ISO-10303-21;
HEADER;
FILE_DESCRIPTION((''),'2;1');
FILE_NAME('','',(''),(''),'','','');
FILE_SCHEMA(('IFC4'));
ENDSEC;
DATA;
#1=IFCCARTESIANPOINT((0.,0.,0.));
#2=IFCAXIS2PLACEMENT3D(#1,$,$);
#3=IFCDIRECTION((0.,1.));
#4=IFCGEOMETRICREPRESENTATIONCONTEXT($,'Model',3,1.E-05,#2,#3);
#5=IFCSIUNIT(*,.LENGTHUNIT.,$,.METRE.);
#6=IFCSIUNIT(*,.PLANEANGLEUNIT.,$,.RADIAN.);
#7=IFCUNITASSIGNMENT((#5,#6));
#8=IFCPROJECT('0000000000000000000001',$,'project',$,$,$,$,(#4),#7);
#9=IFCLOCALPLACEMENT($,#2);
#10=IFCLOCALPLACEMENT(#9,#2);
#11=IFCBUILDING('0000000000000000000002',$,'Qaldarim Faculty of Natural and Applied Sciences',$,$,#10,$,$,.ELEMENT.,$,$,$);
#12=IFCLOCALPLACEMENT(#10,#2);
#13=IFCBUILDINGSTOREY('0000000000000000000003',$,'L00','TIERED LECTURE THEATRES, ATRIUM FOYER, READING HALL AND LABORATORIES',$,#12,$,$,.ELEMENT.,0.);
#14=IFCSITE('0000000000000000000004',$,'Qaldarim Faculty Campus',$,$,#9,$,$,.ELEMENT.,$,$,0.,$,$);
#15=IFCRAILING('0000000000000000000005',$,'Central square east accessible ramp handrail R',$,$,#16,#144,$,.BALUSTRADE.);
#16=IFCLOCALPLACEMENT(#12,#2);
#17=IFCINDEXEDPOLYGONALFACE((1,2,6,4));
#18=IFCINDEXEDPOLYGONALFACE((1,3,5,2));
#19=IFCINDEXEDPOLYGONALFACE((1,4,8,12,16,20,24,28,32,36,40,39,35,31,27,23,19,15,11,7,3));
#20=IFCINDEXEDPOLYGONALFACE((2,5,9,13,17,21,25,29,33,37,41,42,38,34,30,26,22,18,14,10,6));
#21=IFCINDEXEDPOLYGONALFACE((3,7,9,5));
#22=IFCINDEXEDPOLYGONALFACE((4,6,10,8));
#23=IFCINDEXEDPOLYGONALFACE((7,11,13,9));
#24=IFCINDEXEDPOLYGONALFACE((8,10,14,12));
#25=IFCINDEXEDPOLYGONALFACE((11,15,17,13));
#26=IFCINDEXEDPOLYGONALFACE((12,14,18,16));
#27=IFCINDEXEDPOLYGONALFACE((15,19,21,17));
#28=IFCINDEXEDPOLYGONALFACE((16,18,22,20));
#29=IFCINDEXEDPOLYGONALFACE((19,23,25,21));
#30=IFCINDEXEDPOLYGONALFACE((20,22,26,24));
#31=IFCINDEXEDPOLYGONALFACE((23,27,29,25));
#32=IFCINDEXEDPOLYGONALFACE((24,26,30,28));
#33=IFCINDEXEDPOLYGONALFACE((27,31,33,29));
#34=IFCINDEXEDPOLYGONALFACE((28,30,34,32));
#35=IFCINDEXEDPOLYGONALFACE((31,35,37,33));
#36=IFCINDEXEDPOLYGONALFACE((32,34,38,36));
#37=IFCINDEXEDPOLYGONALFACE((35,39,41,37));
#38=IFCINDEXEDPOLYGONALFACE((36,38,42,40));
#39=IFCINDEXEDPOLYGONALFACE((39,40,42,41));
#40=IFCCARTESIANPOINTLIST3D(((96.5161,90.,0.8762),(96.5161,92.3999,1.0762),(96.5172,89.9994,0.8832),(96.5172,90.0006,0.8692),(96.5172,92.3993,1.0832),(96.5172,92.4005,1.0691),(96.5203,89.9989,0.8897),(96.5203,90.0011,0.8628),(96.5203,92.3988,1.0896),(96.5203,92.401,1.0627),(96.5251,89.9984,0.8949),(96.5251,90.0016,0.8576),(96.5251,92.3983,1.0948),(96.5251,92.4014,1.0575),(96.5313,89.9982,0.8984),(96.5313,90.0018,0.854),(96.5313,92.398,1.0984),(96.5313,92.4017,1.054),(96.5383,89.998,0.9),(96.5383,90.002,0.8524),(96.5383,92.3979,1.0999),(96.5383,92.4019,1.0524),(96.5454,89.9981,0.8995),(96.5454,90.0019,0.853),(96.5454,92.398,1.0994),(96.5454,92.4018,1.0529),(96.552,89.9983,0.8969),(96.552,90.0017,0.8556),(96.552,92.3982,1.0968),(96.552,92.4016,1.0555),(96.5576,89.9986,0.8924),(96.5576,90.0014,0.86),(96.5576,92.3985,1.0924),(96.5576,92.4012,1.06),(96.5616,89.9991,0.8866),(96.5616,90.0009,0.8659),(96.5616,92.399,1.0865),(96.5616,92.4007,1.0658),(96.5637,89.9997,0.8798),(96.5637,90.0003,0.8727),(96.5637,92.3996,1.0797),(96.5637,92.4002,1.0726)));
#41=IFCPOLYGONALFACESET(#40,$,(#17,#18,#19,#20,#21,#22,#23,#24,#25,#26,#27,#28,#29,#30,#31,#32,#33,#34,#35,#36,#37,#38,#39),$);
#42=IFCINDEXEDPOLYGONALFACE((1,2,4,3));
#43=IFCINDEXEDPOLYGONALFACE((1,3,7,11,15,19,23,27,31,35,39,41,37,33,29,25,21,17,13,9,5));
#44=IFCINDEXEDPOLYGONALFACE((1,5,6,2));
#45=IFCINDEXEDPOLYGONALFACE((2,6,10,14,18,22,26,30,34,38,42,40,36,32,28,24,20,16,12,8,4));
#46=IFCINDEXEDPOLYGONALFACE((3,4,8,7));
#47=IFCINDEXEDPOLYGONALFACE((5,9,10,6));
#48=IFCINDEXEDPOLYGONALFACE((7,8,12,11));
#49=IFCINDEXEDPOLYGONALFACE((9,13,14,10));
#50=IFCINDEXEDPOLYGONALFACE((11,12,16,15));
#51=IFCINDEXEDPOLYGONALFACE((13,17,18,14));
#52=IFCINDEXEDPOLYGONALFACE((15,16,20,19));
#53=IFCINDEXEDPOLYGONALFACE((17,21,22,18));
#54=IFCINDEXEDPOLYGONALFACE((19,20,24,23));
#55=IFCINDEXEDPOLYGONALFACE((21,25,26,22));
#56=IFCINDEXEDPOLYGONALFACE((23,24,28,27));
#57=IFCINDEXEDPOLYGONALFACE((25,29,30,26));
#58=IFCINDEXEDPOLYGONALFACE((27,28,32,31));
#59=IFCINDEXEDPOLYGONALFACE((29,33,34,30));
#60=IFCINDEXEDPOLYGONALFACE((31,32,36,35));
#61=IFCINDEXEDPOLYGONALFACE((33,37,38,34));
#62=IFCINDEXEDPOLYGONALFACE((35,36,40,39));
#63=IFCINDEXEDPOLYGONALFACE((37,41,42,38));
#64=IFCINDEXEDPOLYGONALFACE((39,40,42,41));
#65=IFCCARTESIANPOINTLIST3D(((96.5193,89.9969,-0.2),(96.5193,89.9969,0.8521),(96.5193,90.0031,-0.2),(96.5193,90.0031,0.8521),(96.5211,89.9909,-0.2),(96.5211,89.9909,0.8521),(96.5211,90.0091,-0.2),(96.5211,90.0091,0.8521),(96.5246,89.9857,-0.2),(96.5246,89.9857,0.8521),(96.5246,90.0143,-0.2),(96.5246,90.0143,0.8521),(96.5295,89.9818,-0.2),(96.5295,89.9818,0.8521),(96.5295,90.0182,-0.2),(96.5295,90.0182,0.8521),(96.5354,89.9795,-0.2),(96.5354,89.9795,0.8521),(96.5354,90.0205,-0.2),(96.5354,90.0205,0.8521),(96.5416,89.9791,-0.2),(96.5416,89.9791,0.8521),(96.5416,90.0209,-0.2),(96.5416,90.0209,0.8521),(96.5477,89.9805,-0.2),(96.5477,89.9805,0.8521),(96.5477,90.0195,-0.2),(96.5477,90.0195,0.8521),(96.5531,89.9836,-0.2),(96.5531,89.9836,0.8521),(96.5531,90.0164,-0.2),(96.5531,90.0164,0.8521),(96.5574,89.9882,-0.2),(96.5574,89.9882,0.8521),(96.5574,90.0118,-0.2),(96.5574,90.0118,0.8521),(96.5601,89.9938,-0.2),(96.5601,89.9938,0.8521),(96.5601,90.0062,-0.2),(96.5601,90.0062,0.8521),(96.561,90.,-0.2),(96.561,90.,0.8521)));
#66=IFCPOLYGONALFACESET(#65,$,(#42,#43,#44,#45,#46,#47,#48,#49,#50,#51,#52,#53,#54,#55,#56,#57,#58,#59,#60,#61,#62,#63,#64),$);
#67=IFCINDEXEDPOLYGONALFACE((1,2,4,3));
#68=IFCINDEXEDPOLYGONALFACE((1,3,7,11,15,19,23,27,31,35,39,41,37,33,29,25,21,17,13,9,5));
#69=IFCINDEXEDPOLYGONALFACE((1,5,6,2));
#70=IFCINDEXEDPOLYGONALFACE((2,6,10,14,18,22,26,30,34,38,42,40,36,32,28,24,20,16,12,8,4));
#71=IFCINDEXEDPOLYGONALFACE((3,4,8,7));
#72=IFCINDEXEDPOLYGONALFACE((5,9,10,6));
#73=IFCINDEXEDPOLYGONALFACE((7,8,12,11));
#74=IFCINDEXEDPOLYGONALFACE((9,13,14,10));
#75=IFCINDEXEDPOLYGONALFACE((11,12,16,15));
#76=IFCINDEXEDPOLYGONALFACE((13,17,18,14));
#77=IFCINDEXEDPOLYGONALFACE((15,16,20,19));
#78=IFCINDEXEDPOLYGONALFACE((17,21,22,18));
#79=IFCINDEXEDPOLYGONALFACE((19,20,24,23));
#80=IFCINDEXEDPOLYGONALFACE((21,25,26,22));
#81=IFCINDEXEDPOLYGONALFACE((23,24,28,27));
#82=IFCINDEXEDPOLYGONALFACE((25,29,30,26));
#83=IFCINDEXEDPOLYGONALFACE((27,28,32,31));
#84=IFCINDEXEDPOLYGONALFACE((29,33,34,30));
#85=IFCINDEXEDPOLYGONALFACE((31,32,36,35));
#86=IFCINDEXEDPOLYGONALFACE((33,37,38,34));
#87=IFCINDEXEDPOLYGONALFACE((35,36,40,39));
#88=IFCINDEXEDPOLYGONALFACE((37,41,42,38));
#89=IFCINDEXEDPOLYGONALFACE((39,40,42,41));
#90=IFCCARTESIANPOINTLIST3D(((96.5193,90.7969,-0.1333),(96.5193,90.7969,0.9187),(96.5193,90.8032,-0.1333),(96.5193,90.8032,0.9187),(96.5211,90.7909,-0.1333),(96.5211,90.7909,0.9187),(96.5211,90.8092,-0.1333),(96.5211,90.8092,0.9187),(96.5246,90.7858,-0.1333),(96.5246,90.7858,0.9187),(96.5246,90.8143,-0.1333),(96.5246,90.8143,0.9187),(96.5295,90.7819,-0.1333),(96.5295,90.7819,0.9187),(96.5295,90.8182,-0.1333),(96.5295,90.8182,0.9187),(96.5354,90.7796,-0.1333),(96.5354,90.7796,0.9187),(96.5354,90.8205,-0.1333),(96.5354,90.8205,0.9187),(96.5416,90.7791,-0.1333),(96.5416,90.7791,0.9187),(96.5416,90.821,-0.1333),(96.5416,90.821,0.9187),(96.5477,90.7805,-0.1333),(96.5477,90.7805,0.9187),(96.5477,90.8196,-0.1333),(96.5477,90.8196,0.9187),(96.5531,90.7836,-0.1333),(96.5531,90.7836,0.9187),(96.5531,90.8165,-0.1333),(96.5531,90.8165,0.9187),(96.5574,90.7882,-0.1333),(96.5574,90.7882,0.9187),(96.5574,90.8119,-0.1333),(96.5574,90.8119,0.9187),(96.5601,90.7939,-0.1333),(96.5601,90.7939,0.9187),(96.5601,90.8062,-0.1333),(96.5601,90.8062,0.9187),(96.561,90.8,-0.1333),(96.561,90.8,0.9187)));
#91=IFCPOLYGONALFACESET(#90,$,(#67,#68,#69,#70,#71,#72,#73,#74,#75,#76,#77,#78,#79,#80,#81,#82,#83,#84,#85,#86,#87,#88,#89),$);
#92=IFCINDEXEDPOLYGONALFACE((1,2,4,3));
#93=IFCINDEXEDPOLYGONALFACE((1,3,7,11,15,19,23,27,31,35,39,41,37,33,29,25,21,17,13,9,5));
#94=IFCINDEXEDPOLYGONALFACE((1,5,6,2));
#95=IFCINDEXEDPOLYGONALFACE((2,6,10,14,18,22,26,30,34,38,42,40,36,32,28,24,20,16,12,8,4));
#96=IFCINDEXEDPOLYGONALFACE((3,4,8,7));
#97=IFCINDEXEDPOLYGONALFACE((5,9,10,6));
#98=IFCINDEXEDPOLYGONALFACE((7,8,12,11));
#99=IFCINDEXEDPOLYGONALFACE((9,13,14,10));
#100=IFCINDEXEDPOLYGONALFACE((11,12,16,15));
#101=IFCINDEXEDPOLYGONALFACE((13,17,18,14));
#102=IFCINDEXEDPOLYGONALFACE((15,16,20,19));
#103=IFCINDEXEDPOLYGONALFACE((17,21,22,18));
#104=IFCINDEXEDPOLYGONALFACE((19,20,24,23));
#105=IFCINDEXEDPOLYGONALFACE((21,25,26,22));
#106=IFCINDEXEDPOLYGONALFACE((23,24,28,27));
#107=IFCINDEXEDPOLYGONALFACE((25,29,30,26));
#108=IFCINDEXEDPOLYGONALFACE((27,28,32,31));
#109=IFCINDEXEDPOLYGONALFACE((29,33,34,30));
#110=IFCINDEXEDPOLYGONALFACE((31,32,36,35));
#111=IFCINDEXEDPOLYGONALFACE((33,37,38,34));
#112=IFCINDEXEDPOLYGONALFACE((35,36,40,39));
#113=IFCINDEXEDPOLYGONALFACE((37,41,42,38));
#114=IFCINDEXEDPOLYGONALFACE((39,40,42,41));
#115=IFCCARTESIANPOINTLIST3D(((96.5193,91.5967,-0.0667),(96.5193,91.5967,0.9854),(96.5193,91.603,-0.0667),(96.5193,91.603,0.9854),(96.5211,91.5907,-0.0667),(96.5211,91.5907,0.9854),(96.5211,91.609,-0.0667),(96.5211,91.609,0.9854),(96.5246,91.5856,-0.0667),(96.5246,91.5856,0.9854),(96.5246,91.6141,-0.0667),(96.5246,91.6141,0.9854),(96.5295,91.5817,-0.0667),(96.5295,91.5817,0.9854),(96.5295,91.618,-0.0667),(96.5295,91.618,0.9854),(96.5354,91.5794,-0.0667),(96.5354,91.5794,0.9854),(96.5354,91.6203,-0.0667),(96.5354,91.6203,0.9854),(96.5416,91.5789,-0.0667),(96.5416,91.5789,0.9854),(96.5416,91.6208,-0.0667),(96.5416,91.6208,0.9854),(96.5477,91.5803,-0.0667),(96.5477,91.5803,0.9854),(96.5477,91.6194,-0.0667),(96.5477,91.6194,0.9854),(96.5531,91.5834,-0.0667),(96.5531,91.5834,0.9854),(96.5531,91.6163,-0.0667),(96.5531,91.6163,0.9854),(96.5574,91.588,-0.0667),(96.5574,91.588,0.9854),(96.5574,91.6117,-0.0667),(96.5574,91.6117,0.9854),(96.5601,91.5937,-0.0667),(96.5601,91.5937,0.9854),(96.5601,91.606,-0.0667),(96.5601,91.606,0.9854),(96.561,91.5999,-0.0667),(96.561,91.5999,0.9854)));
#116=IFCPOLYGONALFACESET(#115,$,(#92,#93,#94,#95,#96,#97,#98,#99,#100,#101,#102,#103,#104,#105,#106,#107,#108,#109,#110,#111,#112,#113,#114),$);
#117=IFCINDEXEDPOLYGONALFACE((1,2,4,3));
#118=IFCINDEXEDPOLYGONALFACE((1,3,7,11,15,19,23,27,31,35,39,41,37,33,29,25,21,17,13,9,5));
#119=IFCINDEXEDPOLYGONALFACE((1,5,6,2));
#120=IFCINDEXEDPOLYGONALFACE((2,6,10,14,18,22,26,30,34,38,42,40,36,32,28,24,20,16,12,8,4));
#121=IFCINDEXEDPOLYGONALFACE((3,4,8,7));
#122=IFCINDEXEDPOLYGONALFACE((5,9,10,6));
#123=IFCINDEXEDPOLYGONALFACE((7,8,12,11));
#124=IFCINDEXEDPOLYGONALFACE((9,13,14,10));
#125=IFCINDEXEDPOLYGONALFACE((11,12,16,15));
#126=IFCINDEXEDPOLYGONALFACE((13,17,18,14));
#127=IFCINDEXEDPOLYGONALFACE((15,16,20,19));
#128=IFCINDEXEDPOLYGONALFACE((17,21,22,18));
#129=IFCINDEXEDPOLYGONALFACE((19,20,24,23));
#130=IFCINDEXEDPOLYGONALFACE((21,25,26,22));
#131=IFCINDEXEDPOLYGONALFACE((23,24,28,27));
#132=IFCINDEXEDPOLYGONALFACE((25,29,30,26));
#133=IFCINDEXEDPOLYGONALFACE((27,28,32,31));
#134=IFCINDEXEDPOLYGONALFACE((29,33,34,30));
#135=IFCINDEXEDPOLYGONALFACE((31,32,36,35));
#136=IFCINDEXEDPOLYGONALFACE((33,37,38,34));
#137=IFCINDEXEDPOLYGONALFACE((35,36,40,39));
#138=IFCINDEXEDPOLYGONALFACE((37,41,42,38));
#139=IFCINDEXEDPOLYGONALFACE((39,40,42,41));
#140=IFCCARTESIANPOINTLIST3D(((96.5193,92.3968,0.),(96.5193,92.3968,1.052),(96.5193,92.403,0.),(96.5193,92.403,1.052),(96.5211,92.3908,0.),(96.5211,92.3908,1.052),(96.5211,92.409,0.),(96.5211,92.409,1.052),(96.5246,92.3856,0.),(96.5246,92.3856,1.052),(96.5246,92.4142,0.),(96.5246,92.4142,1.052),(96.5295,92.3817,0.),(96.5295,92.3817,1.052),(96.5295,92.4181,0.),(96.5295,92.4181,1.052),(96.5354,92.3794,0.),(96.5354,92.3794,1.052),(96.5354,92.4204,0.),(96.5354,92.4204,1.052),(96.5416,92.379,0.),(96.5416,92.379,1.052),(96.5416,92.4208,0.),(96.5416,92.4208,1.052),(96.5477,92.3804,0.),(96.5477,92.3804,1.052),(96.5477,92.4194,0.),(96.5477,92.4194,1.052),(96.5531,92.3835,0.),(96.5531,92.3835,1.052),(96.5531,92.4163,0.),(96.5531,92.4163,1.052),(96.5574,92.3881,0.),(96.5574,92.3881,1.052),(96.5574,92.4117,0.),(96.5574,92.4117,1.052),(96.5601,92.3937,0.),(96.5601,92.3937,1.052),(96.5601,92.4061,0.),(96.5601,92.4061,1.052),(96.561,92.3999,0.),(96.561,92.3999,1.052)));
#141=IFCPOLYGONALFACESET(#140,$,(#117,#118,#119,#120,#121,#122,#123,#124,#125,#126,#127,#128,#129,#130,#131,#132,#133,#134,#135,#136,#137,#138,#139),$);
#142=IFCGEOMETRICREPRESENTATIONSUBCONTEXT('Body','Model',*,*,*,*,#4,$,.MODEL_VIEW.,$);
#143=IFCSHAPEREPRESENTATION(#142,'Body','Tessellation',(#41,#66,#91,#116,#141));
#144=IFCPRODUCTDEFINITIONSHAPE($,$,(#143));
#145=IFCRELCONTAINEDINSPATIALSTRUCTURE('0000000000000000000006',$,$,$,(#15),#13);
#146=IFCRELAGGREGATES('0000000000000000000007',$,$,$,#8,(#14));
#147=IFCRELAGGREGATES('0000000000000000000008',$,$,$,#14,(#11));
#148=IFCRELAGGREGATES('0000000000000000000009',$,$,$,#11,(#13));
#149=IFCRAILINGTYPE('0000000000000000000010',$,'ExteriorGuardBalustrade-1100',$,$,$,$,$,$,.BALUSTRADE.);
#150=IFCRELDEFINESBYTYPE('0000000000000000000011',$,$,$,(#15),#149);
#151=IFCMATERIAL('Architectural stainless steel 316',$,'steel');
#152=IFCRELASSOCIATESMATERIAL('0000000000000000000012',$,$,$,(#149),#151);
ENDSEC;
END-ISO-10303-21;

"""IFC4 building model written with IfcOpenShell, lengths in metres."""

from ifc_helpers import new_model, si_unit, direction, frame, origin, origin_2d, place, context, subcontext, project, spatial, circle, extrude, material, type_object, element, save


model = new_model("IFC4")

# Units and contexts
model_context = context("Model", 3, precision=1e-05, world=origin(), true_north=direction((0.0, 1.0)))
body_context = subcontext(model_context, "Body", "Model", "MODEL_VIEW")
ifc_project = project(units=[si_unit("LENGTHUNIT", "METRE"), si_unit("PLANEANGLEUNIT", "RADIAN")], contexts=[model_context])

# Site, building, storey
site_placement = place(None, origin())
site = spatial("IfcSite", under=ifc_project, at=site_placement, Name="Qaldarim Faculty Campus", CompositionType="ELEMENT", RefElevation=0.0)
building_placement = place(site_placement, origin())
building = spatial("IfcBuilding", under=site, at=building_placement, Name="Qaldarim Faculty of Natural and Applied Sciences", CompositionType="ELEMENT")
storey_placement = place(building_placement, origin())
storey = spatial("IfcBuildingStorey", under=building, at=storey_placement, Name="L00", Description="TIERED LECTURE THEATRES, ATRIUM FOYER, READING HALL AND LABORATORIES", CompositionType="ELEMENT", Elevation=0.0)

# Railing
ifc_material_1 = material(Name="Architectural stainless steel 316", Category="steel")
railing_type = type_object("IfcRailingType", Name="ExteriorGuardBalustrade-1100", PredefinedType="BALUSTRADE", material=ifc_material_1)
for number, where, name in (
    (1, (96.54, 90.0, -0.2), "Central square east accessible ramp handrail R"),
):
    element("IfcRailing", number, at=place(storey_placement, frame(where)), inside=storey, type_object=railing_type, Name=name, PredefinedType="BALUSTRADE", context=body_context, shape_type="SweptSolid", body=[
        extrude(circle(Radius=0.0239, at=origin_2d()), frame((0.0, 0.0, 1.0762), z_axis=(0.0, 0.996547, 0.083029), x_axis=(-1.0, 0.0, 0.0)), (0.0, 0.0, 1.0), 2.4082),
        extrude(circle(Radius=0.021, at=origin_2d()), origin(), (0.0, 0.0, 1.0), 1.052),
        extrude(circle(Radius=0.021, at=origin_2d()), frame((0.0, 0.8, 0.0667)), (0.0, 0.0, 1.0), 1.052),
        extrude(circle(Radius=0.021, at=origin_2d()), frame((0.0, 1.5999, 0.1333)), (0.0, 0.0, 1.0), 1.052),
        extrude(circle(Radius=0.021, at=origin_2d()), frame((0.0, 2.3999, 0.2)), (0.0, 0.0, 1.0), 1.052),
    ])

save(model, "model.ifc")
